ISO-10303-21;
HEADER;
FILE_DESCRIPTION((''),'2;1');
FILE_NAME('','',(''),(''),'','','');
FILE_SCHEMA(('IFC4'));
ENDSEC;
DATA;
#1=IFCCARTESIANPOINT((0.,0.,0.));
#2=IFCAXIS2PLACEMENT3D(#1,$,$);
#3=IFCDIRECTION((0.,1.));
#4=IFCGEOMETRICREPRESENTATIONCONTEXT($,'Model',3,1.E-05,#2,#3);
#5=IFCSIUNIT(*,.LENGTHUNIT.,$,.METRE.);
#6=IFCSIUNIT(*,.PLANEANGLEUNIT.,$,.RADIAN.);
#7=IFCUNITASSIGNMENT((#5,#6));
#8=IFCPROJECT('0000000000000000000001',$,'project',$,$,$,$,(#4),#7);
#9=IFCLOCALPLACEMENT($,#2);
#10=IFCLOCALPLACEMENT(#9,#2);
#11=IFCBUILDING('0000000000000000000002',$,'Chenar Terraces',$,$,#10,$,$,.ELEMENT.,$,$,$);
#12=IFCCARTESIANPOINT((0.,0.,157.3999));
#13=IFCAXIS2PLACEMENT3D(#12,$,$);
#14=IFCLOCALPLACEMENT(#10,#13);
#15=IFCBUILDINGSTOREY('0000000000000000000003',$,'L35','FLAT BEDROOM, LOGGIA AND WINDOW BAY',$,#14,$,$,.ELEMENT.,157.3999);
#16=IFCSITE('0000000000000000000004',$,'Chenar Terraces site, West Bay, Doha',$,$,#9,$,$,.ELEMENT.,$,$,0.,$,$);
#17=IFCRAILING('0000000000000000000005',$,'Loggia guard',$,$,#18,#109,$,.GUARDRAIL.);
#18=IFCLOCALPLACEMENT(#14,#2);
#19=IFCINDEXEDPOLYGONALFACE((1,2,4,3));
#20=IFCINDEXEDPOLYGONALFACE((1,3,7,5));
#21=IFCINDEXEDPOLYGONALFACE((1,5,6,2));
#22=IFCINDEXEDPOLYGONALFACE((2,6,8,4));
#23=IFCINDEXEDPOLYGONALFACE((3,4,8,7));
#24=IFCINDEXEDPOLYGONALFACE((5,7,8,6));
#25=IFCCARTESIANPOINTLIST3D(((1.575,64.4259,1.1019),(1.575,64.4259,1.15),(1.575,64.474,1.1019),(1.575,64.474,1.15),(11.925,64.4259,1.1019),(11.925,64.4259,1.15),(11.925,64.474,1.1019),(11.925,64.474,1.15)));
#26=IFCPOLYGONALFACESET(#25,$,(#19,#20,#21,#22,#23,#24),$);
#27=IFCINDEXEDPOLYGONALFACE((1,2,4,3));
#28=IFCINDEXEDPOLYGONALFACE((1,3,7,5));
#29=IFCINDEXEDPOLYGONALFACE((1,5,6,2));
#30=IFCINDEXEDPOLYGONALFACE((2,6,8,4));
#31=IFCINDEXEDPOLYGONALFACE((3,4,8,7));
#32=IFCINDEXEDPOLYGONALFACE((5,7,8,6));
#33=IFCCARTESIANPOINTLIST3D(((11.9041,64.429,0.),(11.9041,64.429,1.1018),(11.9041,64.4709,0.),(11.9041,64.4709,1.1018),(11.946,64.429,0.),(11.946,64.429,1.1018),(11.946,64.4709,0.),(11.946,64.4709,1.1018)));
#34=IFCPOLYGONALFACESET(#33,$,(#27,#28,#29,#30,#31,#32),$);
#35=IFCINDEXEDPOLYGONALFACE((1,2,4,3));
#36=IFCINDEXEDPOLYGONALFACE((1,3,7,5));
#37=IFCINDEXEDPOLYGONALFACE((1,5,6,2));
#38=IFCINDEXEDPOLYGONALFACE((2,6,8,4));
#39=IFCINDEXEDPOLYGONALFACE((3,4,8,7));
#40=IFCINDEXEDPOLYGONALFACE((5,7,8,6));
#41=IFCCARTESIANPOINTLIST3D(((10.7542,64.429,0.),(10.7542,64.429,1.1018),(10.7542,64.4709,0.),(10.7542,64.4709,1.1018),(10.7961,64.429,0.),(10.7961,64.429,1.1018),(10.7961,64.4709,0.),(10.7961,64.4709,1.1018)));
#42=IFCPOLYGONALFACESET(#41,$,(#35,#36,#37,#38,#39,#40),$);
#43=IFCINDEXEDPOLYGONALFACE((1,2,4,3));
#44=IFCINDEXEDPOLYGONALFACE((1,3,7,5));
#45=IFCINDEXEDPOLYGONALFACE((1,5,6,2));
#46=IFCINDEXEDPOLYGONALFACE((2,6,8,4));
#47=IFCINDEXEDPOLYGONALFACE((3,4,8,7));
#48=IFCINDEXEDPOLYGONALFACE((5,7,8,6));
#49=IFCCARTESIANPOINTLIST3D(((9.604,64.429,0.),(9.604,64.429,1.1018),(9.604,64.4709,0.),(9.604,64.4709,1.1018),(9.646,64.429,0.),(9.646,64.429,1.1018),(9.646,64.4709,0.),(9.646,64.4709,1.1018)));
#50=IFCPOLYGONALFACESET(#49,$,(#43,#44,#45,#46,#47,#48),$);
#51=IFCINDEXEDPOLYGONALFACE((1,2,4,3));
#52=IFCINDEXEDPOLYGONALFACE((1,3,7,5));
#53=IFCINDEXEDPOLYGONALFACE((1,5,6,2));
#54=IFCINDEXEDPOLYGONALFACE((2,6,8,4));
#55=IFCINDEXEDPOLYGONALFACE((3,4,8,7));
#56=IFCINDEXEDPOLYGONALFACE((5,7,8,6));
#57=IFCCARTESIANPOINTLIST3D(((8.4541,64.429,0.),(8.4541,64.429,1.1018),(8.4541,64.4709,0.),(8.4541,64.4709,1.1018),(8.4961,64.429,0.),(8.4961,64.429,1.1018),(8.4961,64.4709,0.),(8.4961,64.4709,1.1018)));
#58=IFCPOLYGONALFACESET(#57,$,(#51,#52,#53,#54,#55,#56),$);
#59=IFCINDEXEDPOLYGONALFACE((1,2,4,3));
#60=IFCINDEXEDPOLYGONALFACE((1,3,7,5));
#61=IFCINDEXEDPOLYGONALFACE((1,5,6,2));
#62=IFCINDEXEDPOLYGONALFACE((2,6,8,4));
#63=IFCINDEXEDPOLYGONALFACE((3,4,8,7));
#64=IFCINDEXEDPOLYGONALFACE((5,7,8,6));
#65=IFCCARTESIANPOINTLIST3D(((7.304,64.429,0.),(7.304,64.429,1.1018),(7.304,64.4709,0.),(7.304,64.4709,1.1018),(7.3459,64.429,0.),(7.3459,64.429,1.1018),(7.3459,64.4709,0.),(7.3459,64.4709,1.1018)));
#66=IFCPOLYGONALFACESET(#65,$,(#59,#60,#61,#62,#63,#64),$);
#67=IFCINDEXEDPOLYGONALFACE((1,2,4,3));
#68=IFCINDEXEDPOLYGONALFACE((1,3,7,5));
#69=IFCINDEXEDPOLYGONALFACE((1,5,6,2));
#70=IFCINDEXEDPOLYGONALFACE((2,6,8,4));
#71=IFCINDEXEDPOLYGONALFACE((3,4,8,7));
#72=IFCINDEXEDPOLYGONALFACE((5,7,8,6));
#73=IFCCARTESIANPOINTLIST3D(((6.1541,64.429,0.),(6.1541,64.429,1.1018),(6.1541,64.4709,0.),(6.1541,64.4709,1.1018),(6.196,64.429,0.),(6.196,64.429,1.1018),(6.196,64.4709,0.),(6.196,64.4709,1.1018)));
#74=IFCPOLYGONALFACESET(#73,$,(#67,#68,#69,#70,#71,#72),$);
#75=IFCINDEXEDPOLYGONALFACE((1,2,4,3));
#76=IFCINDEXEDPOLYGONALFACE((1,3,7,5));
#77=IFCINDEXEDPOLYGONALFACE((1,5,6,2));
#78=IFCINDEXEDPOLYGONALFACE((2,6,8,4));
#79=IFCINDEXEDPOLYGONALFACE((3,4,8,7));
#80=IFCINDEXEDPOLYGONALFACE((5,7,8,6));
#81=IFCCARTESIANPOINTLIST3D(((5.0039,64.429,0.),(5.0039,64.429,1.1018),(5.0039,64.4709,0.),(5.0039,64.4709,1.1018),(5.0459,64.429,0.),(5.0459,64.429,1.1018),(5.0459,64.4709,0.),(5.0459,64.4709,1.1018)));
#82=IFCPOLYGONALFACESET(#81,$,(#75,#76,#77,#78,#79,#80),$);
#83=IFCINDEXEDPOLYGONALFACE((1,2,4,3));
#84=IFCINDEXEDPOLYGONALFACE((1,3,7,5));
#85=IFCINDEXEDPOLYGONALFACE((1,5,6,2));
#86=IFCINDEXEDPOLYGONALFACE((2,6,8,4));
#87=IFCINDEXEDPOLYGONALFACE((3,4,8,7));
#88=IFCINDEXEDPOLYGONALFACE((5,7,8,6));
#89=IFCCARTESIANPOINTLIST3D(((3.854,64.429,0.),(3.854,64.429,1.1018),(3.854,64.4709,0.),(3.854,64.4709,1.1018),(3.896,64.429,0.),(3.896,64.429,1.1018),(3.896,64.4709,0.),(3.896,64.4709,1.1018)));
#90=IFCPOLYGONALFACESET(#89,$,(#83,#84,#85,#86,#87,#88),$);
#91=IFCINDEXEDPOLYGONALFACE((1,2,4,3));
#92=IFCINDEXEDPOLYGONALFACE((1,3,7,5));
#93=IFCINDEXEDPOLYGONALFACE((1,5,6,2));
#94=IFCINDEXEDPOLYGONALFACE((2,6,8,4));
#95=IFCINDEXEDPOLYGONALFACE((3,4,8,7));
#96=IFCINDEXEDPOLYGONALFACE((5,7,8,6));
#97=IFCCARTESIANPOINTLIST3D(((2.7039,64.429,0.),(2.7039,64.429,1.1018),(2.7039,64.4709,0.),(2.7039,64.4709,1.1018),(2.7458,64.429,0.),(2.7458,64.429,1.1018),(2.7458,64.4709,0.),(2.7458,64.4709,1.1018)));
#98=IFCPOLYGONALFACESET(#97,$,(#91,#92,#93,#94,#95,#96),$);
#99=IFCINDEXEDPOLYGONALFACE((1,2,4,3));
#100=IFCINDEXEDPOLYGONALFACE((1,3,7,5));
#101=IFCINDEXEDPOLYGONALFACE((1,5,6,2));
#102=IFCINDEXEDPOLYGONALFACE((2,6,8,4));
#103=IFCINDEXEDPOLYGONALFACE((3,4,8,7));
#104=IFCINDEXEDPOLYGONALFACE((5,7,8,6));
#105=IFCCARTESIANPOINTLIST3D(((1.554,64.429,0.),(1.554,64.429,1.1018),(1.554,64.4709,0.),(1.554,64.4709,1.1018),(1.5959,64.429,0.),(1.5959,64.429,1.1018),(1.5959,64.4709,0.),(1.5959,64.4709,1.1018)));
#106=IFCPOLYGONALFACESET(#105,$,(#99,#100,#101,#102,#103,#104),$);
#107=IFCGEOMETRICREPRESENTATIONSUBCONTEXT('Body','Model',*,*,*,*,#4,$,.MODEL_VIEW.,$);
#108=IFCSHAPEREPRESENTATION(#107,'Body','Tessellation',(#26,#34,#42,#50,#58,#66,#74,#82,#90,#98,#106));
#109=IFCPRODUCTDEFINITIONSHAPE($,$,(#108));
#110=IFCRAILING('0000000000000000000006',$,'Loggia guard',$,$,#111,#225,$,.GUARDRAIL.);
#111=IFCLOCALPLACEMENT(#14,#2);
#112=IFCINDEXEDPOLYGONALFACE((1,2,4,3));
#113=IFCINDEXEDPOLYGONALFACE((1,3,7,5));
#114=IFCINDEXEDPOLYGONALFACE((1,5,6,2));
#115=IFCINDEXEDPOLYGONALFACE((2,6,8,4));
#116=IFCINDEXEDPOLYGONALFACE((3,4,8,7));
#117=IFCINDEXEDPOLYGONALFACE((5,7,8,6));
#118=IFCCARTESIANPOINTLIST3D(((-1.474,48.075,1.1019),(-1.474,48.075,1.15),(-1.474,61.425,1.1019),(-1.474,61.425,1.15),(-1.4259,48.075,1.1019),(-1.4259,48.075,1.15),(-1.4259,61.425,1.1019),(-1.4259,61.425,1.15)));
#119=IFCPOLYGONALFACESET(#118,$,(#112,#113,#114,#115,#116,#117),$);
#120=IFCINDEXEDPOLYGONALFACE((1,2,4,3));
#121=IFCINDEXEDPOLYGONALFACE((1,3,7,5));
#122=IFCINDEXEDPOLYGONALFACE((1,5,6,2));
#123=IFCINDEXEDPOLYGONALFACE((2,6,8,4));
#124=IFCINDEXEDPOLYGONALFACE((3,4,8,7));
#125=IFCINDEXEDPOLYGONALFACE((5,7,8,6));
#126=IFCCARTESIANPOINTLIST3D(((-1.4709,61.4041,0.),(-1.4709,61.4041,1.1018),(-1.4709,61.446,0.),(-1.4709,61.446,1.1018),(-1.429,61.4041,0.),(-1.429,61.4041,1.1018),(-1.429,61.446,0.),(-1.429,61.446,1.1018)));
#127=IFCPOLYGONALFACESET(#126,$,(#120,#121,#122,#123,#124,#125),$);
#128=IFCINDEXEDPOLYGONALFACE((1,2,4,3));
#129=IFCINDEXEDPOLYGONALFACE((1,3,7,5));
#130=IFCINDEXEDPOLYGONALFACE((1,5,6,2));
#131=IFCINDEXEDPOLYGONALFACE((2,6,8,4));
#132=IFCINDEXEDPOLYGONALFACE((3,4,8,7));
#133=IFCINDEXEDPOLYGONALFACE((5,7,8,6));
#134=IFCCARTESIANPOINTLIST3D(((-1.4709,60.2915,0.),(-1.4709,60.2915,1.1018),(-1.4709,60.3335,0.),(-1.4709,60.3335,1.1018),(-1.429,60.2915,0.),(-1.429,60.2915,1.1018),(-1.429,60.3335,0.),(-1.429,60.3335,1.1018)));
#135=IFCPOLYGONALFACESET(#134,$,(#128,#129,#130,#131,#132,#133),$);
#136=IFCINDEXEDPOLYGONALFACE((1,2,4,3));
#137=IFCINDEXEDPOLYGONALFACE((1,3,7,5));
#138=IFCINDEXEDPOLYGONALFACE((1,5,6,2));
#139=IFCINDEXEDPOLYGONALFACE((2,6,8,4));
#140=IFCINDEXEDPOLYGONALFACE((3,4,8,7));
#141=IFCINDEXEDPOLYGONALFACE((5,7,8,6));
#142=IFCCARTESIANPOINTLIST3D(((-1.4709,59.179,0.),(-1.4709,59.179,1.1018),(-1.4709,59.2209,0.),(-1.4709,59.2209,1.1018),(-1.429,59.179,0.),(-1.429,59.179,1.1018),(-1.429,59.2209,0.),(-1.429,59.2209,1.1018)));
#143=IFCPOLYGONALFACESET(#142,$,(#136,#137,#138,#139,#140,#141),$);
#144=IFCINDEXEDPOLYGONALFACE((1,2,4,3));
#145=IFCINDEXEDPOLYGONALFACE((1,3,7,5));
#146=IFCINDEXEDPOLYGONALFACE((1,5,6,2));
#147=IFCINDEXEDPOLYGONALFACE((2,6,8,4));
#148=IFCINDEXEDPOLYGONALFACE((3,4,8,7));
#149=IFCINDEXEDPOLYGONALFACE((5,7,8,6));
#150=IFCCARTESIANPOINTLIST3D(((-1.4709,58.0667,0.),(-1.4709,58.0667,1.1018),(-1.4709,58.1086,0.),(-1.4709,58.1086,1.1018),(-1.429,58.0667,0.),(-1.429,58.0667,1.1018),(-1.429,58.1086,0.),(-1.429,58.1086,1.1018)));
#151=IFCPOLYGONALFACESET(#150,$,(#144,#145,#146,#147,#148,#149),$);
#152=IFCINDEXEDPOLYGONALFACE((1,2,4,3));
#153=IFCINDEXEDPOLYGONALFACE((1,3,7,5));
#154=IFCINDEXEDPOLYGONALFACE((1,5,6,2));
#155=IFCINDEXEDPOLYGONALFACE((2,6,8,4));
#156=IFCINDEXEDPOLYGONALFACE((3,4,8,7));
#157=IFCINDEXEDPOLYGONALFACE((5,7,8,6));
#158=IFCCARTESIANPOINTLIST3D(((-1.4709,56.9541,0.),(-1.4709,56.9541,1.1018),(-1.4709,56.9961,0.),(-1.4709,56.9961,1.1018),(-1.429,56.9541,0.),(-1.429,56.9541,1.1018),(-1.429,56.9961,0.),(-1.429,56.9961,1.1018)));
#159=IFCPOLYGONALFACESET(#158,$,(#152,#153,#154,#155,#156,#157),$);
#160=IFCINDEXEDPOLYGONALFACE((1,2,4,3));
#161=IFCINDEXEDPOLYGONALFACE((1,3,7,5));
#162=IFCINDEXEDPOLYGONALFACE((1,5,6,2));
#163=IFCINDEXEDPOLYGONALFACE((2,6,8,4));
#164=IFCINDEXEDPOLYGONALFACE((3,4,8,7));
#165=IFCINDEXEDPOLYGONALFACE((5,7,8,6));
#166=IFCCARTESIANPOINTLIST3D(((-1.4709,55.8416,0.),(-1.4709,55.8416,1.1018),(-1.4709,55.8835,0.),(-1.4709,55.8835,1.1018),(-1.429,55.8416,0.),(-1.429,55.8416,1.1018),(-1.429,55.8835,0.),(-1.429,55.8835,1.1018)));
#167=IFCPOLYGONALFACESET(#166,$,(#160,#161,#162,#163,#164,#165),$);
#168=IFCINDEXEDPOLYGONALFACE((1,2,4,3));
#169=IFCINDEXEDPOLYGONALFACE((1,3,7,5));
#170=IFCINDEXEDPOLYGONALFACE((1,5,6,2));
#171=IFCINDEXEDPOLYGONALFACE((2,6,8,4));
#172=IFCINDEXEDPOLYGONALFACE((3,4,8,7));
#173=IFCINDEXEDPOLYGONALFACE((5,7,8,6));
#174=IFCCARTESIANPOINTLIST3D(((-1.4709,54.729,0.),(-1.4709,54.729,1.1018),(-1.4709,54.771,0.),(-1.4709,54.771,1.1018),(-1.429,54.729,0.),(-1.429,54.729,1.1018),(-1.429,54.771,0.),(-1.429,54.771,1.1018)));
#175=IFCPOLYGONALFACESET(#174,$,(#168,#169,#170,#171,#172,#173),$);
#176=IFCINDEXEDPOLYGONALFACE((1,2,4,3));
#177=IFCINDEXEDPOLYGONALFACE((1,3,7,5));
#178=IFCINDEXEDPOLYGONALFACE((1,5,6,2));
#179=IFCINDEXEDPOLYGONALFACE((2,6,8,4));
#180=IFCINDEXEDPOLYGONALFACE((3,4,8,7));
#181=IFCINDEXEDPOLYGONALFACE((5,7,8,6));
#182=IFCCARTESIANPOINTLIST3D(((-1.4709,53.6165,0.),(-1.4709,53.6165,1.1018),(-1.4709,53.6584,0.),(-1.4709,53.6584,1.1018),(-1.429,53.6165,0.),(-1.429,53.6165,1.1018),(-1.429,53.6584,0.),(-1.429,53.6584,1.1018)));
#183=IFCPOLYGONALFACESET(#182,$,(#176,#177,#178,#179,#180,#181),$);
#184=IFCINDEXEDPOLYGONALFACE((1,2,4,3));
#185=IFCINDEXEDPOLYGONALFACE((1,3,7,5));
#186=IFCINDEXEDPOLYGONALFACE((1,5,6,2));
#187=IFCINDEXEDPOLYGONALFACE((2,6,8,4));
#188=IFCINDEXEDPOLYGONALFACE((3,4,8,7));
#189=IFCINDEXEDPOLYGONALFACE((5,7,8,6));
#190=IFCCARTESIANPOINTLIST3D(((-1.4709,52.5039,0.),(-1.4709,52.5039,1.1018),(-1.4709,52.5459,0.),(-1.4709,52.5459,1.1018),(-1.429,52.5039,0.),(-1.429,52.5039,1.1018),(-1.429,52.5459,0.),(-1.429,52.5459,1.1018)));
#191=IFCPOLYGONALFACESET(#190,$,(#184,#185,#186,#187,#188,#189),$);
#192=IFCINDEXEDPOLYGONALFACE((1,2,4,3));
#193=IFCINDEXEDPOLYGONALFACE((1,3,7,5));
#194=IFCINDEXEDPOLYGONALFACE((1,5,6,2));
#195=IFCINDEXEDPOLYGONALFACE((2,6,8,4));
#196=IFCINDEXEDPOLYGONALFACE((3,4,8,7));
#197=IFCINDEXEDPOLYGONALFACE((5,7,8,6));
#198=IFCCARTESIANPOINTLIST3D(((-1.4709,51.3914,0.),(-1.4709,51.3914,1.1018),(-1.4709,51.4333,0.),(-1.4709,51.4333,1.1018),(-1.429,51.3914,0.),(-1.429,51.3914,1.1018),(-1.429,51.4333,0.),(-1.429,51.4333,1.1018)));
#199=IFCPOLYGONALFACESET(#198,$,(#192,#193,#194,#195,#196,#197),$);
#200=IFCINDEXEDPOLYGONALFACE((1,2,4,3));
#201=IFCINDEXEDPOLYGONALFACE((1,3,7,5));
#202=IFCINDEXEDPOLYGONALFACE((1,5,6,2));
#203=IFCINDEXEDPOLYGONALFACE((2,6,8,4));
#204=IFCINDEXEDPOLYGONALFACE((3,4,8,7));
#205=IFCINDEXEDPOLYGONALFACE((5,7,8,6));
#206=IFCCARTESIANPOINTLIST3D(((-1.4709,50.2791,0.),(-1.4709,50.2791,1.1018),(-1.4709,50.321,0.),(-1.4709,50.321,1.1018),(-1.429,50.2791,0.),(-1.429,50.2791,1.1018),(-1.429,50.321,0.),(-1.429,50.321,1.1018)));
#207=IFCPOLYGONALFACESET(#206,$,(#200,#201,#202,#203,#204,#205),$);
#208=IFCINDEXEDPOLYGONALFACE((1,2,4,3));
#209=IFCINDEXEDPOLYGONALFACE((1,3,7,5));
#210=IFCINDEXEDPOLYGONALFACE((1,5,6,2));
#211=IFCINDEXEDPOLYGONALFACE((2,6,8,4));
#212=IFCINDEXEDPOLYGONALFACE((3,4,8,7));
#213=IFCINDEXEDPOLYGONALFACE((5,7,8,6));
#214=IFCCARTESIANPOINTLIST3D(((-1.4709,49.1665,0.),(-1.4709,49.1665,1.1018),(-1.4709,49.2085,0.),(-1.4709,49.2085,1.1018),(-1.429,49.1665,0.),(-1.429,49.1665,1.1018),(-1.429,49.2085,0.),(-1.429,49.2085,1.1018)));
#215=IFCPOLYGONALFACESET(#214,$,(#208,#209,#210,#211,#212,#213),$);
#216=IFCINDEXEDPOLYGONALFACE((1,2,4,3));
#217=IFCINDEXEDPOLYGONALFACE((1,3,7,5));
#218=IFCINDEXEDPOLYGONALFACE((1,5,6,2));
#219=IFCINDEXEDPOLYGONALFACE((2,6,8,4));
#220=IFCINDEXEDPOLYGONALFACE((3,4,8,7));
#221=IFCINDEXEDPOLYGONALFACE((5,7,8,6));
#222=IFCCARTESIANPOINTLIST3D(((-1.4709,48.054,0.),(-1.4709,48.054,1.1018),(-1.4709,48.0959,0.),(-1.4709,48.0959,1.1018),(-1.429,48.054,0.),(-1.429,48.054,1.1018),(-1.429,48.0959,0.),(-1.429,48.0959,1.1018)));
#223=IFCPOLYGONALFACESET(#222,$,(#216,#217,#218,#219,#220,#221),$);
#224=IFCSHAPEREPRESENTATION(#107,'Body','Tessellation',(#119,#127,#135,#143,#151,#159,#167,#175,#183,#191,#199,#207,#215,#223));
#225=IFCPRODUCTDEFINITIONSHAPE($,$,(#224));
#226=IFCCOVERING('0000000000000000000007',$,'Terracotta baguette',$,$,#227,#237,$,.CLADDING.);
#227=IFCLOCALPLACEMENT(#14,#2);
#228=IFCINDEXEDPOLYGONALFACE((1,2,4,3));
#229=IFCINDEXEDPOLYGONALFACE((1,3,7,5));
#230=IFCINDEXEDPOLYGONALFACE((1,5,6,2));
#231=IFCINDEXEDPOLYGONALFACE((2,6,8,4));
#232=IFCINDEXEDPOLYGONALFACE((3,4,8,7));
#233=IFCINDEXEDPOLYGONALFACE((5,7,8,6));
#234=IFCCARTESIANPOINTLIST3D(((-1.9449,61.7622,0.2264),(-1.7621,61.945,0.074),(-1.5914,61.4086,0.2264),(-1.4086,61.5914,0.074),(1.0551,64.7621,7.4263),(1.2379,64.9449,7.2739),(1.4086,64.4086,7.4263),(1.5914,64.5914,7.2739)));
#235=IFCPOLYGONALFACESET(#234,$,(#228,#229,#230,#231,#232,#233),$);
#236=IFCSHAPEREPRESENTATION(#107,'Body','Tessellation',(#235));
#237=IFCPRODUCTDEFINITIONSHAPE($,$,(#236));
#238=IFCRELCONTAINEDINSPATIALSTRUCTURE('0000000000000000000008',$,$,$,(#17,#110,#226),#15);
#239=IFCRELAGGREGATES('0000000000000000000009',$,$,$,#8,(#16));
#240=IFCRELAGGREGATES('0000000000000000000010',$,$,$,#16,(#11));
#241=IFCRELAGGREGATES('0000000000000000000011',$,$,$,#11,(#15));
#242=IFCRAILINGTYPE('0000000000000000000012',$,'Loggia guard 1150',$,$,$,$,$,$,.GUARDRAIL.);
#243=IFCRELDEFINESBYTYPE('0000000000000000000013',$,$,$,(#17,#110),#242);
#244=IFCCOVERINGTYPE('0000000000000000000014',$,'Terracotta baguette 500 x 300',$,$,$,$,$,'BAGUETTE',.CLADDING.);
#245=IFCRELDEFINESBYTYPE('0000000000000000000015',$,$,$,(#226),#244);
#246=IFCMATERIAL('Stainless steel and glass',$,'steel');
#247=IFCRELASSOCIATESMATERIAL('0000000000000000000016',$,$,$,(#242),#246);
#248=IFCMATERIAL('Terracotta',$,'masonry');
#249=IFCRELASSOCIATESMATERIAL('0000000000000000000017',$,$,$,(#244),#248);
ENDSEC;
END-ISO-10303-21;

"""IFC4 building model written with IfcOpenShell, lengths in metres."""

from ifc_helpers import new_model, si_unit, direction, frame, origin, origin_2d, place, context, subcontext, project, spatial, rectangle, extrude, material, material_profile, profile_set, type_object, element, save


model = new_model("IFC4")

# Units and contexts
model_context = context("Model", 3, precision=1e-05, world=origin(), true_north=direction((0.0, 1.0)))
body_context = subcontext(model_context, "Body", "Model", "MODEL_VIEW")
ifc_project = project(units=[si_unit("LENGTHUNIT", "METRE"), si_unit("PLANEANGLEUNIT", "RADIAN")], contexts=[model_context])

# Site, building, storey
site_placement = place(None, origin())
site = spatial("IfcSite", under=ifc_project, at=site_placement, Name="Chenar Terraces site, West Bay, Doha", CompositionType="ELEMENT", RefElevation=0.0)
building_placement = place(site_placement, origin())
building = spatial("IfcBuilding", under=site, at=building_placement, Name="Chenar Terraces", CompositionType="ELEMENT")
storey_placement = place(building_placement, frame((0.0, 0.0, 157.3999)))
storey = spatial("IfcBuildingStorey", under=building, at=storey_placement, Name="L35", Description="FLAT BEDROOM, LOGGIA AND WINDOW BAY", CompositionType="ELEMENT", Elevation=157.3999)

# Railings
ifc_material_1 = material(Name="Stainless steel and glass", Category="steel")
railing_type = type_object("IfcRailingType", Name="Loggia guard 1150", PredefinedType="GUARDRAIL", material=ifc_material_1)
railing_1_placement = place(storey_placement, frame((11.925, 64.45, 0.0)))
element("IfcRailing", 1, at=railing_1_placement, inside=storey, type_object=railing_type, Name="Loggia guard", PredefinedType="GUARDRAIL", context=body_context, shape_type="SweptSolid", body=[
    extrude(rectangle(XDim=0.0481, YDim=0.0481, at=origin_2d()), frame((0.0, 0.0, 1.126), z_axis=(-1.0, 0.0, 0.0), x_axis=(0.0, -1.0, 0.0)), (0.0, 0.0, 1.0), 10.3501),
    extrude(rectangle(XDim=0.042, YDim=0.042, at=origin_2d()), origin(), (0.0, 0.0, 1.0), 1.1018),
    extrude(rectangle(XDim=0.042, YDim=0.042, at=origin_2d()), frame((-1.1499, 0.0, 0.0)), (0.0, 0.0, 1.0), 1.1018),
    extrude(rectangle(XDim=0.042, YDim=0.042, at=origin_2d()), frame((-2.3, 0.0, 0.0)), (0.0, 0.0, 1.0), 1.1018),
    extrude(rectangle(XDim=0.042, YDim=0.042, at=origin_2d()), frame((-3.45, 0.0, 0.0)), (0.0, 0.0, 1.0), 1.1018),
    extrude(rectangle(XDim=0.042, YDim=0.042, at=origin_2d()), frame((-4.6001, 0.0, 0.0)), (0.0, 0.0, 1.0), 1.1018),
    extrude(rectangle(XDim=0.042, YDim=0.042, at=origin_2d()), frame((-5.75, 0.0, 0.0)), (0.0, 0.0, 1.0), 1.1018),
    extrude(rectangle(XDim=0.042, YDim=0.042, at=origin_2d()), frame((-6.9001, 0.0, 0.0)), (0.0, 0.0, 1.0), 1.1018),
    extrude(rectangle(XDim=0.042, YDim=0.042, at=origin_2d()), frame((-8.05, 0.0, 0.0)), (0.0, 0.0, 1.0), 1.1018),
    extrude(rectangle(XDim=0.042, YDim=0.042, at=origin_2d()), frame((-9.2002, 0.0, 0.0)), (0.0, 0.0, 1.0), 1.1018),
    extrude(rectangle(XDim=0.042, YDim=0.042, at=origin_2d()), frame((-10.3501, 0.0, 0.0)), (0.0, 0.0, 1.0), 1.1018),
])
railing_2_placement = place(storey_placement, frame((-1.45, 61.425, 0.0)))
element("IfcRailing", 2, at=railing_2_placement, inside=storey, type_object=railing_type, Name="Loggia guard", PredefinedType="GUARDRAIL", context=body_context, shape_type="SweptSolid", body=[
    extrude(rectangle(XDim=0.0481, YDim=0.0481, at=origin_2d()), frame((0.0, 0.0, 1.126), z_axis=(0.0, -1.0, 0.0), x_axis=(1.0, 0.0, 0.0)), (0.0, 0.0, 1.0), 13.3501),
    extrude(rectangle(XDim=0.042, YDim=0.042, at=origin_2d()), origin(), (0.0, 0.0, 1.0), 1.1018),
    extrude(rectangle(XDim=0.042, YDim=0.042, at=origin_2d()), frame((0.0, -1.1125, 0.0)), (0.0, 0.0, 1.0), 1.1018),
    extrude(rectangle(XDim=0.042, YDim=0.042, at=origin_2d()), frame((0.0, -2.2251, 0.0)), (0.0, 0.0, 1.0), 1.1018),
    extrude(rectangle(XDim=0.042, YDim=0.042, at=origin_2d()), frame((0.0, -3.3374, 0.0)), (0.0, 0.0, 1.0), 1.1018),
    extrude(rectangle(XDim=0.042, YDim=0.042, at=origin_2d()), frame((0.0, -4.45, 0.0)), (0.0, 0.0, 1.0), 1.1018),
    extrude(rectangle(XDim=0.042, YDim=0.042, at=origin_2d()), frame((0.0, -5.5625, 0.0)), (0.0, 0.0, 1.0), 1.1018),
    extrude(rectangle(XDim=0.042, YDim=0.042, at=origin_2d()), frame((0.0, -6.675, 0.0)), (0.0, 0.0, 1.0), 1.1018),
    extrude(rectangle(XDim=0.042, YDim=0.042, at=origin_2d()), frame((0.0, -7.7876, 0.0)), (0.0, 0.0, 1.0), 1.1018),
    extrude(rectangle(XDim=0.042, YDim=0.042, at=origin_2d()), frame((0.0, -8.9001, 0.0)), (0.0, 0.0, 1.0), 1.1018),
    extrude(rectangle(XDim=0.042, YDim=0.042, at=origin_2d()), frame((0.0, -10.0127, 0.0)), (0.0, 0.0, 1.0), 1.1018),
    extrude(rectangle(XDim=0.042, YDim=0.042, at=origin_2d()), frame((0.0, -11.125, 0.0)), (0.0, 0.0, 1.0), 1.1018),
    extrude(rectangle(XDim=0.042, YDim=0.042, at=origin_2d()), frame((0.0, -12.2375, 0.0)), (0.0, 0.0, 1.0), 1.1018),
    extrude(rectangle(XDim=0.042, YDim=0.042, at=origin_2d()), frame((0.0, -13.3501, 0.0)), (0.0, 0.0, 1.0), 1.1018),
])

# Covering
ifc_material_2 = material(Name="Terracotta", Category="masonry")
ifc_material_profile_1 = material_profile(ifc_material_2, rectangle(XDim=0.5, YDim=0.3, at=origin_2d()), Name="Terracotta baguette 500 x 300")
ifc_profile_set_1 = profile_set([ifc_material_profile_1], Name="Terracotta")
covering_type = type_object("IfcCoveringType", Name="Terracotta baguette 500 x 300", ElementType="BAGUETTE", PredefinedType="CLADDING", material=ifc_profile_set_1)
covering_placement = place(storey_placement, frame((1.3232, 64.6768, 7.3501), z_axis=(-0.358981, -0.358981, -0.861548), x_axis=(0.707107, -0.707107, 0.0)))
element("IfcCovering", 3, at=covering_placement, inside=storey, type_object=covering_type, Name="Terracotta baguette", PredefinedType="CLADDING", context=body_context, shape_type="SweptSolid", body=[
    extrude(rectangle(XDim=0.5, YDim=0.3, at=origin_2d()), origin(), (0.0, 0.0, 1.0), 8.3569),
])

save(model, "model.ifc")
